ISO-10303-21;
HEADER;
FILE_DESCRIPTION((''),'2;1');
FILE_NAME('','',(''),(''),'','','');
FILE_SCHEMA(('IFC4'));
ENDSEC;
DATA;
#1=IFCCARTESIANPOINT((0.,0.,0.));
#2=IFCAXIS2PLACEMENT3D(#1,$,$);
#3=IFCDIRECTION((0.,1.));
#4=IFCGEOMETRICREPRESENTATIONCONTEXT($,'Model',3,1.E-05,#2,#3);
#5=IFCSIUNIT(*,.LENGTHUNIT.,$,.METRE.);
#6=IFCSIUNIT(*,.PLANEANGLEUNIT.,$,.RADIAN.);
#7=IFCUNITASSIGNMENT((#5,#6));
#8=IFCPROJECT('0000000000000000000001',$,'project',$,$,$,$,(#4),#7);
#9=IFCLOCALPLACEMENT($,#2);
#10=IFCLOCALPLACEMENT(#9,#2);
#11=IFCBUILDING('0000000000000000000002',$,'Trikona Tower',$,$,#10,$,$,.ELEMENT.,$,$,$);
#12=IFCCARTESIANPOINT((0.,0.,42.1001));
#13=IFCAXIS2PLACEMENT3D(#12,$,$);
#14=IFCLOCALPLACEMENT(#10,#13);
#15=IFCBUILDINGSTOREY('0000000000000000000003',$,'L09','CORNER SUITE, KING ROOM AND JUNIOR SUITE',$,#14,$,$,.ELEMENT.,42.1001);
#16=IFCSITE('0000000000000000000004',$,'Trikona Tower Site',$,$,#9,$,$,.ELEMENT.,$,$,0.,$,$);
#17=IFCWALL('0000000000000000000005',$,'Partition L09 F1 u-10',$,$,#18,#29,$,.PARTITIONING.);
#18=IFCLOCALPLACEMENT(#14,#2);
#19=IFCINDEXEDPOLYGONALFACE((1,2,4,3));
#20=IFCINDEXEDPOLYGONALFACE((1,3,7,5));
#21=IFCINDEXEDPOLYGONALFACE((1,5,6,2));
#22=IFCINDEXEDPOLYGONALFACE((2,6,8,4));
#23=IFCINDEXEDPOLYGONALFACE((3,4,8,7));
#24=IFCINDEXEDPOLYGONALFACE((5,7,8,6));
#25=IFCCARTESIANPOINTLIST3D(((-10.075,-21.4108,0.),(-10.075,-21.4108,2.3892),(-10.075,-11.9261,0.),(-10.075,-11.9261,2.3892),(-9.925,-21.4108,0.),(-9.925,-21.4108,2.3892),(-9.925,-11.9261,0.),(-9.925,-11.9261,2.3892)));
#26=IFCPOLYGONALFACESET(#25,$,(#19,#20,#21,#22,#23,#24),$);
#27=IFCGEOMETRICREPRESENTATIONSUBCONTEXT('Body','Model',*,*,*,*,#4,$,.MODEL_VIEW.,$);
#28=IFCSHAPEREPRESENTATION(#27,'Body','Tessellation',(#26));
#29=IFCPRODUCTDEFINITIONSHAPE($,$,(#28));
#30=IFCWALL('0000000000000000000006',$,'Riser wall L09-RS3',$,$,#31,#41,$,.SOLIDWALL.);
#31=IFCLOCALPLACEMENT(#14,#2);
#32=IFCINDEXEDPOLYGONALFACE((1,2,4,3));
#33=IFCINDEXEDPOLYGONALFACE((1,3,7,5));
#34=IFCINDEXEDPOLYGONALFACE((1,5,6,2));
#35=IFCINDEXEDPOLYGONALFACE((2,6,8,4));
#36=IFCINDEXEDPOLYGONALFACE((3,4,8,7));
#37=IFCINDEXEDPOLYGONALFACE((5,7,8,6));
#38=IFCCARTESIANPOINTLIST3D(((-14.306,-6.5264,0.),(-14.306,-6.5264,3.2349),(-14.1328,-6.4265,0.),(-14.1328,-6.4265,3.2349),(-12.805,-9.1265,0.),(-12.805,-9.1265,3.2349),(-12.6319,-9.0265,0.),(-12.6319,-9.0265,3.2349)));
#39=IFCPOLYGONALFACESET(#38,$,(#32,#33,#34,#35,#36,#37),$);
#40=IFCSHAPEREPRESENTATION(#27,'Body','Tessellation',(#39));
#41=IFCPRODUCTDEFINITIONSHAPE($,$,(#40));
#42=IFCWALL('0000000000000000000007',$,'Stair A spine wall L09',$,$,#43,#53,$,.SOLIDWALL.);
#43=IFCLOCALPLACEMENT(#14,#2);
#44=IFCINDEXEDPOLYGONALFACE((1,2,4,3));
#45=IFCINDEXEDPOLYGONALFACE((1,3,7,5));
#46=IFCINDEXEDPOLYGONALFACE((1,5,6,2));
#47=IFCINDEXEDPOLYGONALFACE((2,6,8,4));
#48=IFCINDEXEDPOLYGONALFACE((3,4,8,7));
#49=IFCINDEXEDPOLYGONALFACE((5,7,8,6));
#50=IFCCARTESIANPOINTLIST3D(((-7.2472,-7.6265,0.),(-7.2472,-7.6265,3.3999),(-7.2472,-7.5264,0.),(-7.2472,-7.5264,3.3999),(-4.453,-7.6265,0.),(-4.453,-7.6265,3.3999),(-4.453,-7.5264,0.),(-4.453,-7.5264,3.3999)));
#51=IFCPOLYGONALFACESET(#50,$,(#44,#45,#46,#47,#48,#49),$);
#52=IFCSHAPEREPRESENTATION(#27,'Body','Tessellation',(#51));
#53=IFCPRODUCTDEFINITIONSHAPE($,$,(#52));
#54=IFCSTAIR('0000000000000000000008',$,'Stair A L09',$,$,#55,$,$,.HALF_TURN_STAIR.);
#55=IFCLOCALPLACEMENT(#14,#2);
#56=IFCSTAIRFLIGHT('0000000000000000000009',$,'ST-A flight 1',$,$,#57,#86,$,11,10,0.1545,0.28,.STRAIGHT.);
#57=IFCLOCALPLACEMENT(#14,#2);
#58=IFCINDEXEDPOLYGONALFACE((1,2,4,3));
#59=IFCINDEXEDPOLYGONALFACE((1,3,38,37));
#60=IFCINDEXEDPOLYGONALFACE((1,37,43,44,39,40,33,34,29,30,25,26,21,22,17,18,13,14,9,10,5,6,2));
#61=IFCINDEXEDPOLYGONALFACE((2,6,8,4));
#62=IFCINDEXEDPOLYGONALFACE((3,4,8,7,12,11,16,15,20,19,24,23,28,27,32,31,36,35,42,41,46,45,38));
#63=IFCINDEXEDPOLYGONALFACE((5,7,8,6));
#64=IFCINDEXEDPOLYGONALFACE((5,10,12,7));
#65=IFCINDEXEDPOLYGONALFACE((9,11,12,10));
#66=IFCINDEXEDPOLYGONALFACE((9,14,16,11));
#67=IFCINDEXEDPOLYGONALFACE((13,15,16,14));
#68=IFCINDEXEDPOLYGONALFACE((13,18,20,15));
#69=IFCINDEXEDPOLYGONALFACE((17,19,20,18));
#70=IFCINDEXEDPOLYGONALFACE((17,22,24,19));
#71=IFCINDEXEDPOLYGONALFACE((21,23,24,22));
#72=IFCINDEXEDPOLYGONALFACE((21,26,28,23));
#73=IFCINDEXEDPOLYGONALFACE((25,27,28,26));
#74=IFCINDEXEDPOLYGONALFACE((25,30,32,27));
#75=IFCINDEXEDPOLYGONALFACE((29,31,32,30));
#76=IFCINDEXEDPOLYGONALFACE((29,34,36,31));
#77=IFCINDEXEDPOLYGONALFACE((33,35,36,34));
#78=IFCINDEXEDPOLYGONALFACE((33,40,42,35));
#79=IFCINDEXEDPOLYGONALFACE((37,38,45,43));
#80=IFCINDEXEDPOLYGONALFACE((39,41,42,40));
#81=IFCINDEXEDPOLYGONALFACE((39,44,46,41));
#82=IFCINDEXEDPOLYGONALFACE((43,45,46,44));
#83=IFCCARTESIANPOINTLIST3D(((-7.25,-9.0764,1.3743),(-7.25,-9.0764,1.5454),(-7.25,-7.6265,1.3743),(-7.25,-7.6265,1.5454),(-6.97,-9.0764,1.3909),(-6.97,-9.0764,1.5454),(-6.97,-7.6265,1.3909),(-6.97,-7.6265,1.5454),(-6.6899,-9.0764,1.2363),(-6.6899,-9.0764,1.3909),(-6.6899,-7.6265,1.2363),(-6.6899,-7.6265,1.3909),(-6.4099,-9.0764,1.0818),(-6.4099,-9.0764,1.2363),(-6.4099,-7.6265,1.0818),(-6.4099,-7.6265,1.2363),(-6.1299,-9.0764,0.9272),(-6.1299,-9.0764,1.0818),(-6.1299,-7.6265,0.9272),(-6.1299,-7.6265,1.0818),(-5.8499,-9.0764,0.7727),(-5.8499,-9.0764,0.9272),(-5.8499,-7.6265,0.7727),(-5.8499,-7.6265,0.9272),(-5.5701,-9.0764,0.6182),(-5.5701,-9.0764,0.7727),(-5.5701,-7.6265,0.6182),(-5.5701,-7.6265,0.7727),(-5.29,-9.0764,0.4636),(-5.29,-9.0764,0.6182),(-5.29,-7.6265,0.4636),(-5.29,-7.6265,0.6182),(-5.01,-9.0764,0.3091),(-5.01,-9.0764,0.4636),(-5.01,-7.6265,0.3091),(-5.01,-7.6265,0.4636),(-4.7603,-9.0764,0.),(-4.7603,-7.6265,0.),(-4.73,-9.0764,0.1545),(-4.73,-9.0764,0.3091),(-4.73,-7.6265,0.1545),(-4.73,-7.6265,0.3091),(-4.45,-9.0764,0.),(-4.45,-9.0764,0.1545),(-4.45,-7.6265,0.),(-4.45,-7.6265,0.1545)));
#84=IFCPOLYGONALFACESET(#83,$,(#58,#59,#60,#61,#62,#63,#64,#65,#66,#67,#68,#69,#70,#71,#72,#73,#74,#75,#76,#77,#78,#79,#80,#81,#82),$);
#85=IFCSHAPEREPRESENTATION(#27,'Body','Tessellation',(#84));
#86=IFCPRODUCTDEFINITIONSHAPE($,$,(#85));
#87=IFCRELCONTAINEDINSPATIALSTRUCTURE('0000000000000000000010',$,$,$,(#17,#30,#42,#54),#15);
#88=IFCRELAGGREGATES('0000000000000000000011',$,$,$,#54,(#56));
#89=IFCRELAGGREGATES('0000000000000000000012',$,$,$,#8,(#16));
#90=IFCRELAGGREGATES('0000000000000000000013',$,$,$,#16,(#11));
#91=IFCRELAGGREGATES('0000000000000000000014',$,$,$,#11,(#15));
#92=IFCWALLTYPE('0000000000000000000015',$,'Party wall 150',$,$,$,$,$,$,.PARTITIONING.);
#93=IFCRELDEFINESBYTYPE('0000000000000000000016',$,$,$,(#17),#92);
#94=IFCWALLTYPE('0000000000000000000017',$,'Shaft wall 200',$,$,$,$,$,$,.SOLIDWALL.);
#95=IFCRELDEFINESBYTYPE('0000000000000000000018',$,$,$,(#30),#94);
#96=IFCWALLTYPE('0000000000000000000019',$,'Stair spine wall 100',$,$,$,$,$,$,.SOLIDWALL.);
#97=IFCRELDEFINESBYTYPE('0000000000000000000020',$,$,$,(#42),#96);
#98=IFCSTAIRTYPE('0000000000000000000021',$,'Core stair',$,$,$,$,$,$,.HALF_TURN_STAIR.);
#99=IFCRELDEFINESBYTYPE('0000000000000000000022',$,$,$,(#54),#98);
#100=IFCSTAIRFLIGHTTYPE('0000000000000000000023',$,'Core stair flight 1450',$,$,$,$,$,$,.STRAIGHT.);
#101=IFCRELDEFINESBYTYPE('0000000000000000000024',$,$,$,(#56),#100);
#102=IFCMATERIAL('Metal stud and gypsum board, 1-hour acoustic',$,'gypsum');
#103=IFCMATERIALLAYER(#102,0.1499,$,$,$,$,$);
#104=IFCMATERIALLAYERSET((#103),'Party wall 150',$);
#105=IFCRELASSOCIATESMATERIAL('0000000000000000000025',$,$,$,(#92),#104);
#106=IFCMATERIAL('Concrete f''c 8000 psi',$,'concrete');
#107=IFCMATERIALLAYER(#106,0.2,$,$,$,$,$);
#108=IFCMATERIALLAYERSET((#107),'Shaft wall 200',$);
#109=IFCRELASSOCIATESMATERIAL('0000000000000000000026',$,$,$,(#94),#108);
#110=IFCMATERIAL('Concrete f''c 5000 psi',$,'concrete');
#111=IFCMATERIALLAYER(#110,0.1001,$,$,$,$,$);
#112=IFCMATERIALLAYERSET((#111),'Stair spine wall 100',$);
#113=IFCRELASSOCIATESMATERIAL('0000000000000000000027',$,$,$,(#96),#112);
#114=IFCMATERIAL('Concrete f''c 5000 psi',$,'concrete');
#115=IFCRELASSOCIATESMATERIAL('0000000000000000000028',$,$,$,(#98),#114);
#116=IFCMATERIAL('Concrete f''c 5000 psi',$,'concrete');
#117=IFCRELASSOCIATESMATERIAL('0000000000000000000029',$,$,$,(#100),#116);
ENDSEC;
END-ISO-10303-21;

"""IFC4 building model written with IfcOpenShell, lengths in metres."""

from ifc_helpers import new_model, si_unit, direction, frame, frame_2d, origin, place, context, subcontext, project, spatial, polyline, rectangle, outline, extrude, material, layer, layer_set, type_object, element, aggregate, save


model = new_model("IFC4")

# Units and contexts
model_context = context("Model", 3, precision=1e-05, world=origin(), true_north=direction((0.0, 1.0)))
body_context = subcontext(model_context, "Body", "Model", "MODEL_VIEW")
ifc_project = project(units=[si_unit("LENGTHUNIT", "METRE"), si_unit("PLANEANGLEUNIT", "RADIAN")], contexts=[model_context])

# Site, building, storey
site_placement = place(None, origin())
site = spatial("IfcSite", under=ifc_project, at=site_placement, Name="Trikona Tower Site", CompositionType="ELEMENT", RefElevation=0.0)
building_placement = place(site_placement, origin())
building = spatial("IfcBuilding", under=site, at=building_placement, Name="Trikona Tower", CompositionType="ELEMENT")
storey_placement = place(building_placement, frame((0.0, 0.0, 42.1001)))
storey = spatial("IfcBuildingStorey", under=building, at=storey_placement, Name="L09", Description="CORNER SUITE, KING ROOM AND JUNIOR SUITE", CompositionType="ELEMENT", Elevation=42.1001)

# Walls
ifc_material_1 = material(Name="Metal stud and gypsum board, 1-hour acoustic", Category="gypsum")
ifc_layer_1 = layer(ifc_material_1, 0.1499)
ifc_layer_set_1 = layer_set([ifc_layer_1], Name="Party wall 150")
wall_type_1 = type_object("IfcWallType", Name="Party wall 150", PredefinedType="PARTITIONING", material=ifc_layer_set_1)
wall_1_placement = place(storey_placement, frame((-10.0, -11.9263, 0.0), z_axis=(0.0, 0.0, 1.0), x_axis=(0.0, -1.0, 0.0)))
element("IfcWall", 1, at=wall_1_placement, inside=storey, type_object=wall_type_1, Name="Partition L09 F1 u-10", PredefinedType="PARTITIONING", context=body_context, shape_type="SweptSolid", body=[
    extrude(rectangle(XDim=9.4846, YDim=0.1499, at=frame_2d((4.7422, 0.0))), origin(), (0.0, 0.0, 1.0), 2.3892),
])
ifc_material_2 = material(Name="Concrete f'c 8000 psi", Category="concrete")
ifc_layer_2 = layer(ifc_material_2, 0.2)
ifc_layer_set_2 = layer_set([ifc_layer_2], Name="Shaft wall 200")
wall_type_2 = type_object("IfcWallType", Name="Shaft wall 200", PredefinedType="SOLIDWALL", material=ifc_layer_set_2)
wall_2_placement = place(storey_placement, frame((-12.7185, -9.0764, 0.0), z_axis=(0.0, 0.0, 1.0), x_axis=(-0.499952, 0.866053, 0.0)))
element("IfcWall", 2, at=wall_2_placement, inside=storey, type_object=wall_type_2, Name="Riser wall L09-RS3", PredefinedType="SOLIDWALL", context=body_context, shape_type="SweptSolid", body=[
    extrude(rectangle(XDim=3.0022, YDim=0.2, at=frame_2d((1.501, 0.0))), origin(), (0.0, 0.0, 1.0), 3.2349),
])
ifc_material_3 = material(Name="Concrete f'c 5000 psi", Category="concrete")
ifc_layer_3 = layer(ifc_material_3, 0.1001)
ifc_layer_set_3 = layer_set([ifc_layer_3], Name="Stair spine wall 100")
wall_type_3 = type_object("IfcWallType", Name="Stair spine wall 100", PredefinedType="SOLIDWALL", material=ifc_layer_set_3)
wall_3_placement = place(storey_placement, frame((-7.2471, -7.5764, 0.0), z_axis=(0.0, 0.0, 1.0), x_axis=(1.0, 0.0, 0.0)))
element("IfcWall", 3, at=wall_3_placement, inside=storey, type_object=wall_type_3, Name="Stair A spine wall L09", PredefinedType="SOLIDWALL", context=body_context, shape_type="SweptSolid", body=[
    extrude(rectangle(XDim=2.7942, YDim=0.1001, at=frame_2d((1.397, 0.0))), origin(), (0.0, 0.0, 1.0), 3.3999),
])

# Stair, stair flight
ifc_material_4 = material(Name="Concrete f'c 5000 psi", Category="concrete")
stair_type = type_object("IfcStairType", Name="Core stair", PredefinedType="HALF_TURN_STAIR", material=ifc_material_4)
stair_placement = place(storey_placement, origin())
stair = element("IfcStair", 4, at=stair_placement, inside=storey, type_object=stair_type, Name="Stair A L09", PredefinedType="HALF_TURN_STAIR")
ifc_material_5 = material(Name="Concrete f'c 5000 psi", Category="concrete")
stair_flight_type = type_object("IfcStairFlightType", Name="Core stair flight 1450", PredefinedType="STRAIGHT", material=ifc_material_5)
stair_flight_placement = place(storey_placement, frame((-4.45, -8.3513, 0.0), z_axis=(0.0, 0.0, 1.0), x_axis=(-1.0, 0.0, 0.0)))
stair_flight = element("IfcStairFlight", 5, at=stair_flight_placement, type_object=stair_flight_type, Name="ST-A flight 1", NumberOfRisers=11, NumberOfTreads=10, PredefinedType="STRAIGHT", RiserHeight=0.1545, TreadLength=0.28, context=body_context, shape_type="SweptSolid", body=[
    extrude(outline(polyline([(0.0, 0.0), (0.0, 0.1545), (0.28, 0.1545), (0.28, 0.3091), (0.5601, 0.3091), (0.5601, 0.4636), (0.8401, 0.4636), (0.8401, 0.6182), (1.1201, 0.6182), (1.1201, 0.7727), (1.3999, 0.7727), (1.3999, 0.9272), (1.6799, 0.9272), (1.6799, 1.0818), (1.96, 1.0818), (1.96, 1.2363), (2.24, 1.2363), (2.24, 1.3909), (2.52, 1.3909), (2.52, 1.5454), (2.8, 1.5454), (2.8, 1.7), (2.8, 1.3743), (0.3103, 0.0), (0.0, 0.0)])), frame((0.0, 0.7251, 0.0), z_axis=(0.0, -1.0, 0.0), x_axis=(1.0, 0.0, 0.0)), (0.0, 0.0, 1.0), 1.45),
])
aggregate(stair, [stair_flight])

save(model, "model.ifc")
